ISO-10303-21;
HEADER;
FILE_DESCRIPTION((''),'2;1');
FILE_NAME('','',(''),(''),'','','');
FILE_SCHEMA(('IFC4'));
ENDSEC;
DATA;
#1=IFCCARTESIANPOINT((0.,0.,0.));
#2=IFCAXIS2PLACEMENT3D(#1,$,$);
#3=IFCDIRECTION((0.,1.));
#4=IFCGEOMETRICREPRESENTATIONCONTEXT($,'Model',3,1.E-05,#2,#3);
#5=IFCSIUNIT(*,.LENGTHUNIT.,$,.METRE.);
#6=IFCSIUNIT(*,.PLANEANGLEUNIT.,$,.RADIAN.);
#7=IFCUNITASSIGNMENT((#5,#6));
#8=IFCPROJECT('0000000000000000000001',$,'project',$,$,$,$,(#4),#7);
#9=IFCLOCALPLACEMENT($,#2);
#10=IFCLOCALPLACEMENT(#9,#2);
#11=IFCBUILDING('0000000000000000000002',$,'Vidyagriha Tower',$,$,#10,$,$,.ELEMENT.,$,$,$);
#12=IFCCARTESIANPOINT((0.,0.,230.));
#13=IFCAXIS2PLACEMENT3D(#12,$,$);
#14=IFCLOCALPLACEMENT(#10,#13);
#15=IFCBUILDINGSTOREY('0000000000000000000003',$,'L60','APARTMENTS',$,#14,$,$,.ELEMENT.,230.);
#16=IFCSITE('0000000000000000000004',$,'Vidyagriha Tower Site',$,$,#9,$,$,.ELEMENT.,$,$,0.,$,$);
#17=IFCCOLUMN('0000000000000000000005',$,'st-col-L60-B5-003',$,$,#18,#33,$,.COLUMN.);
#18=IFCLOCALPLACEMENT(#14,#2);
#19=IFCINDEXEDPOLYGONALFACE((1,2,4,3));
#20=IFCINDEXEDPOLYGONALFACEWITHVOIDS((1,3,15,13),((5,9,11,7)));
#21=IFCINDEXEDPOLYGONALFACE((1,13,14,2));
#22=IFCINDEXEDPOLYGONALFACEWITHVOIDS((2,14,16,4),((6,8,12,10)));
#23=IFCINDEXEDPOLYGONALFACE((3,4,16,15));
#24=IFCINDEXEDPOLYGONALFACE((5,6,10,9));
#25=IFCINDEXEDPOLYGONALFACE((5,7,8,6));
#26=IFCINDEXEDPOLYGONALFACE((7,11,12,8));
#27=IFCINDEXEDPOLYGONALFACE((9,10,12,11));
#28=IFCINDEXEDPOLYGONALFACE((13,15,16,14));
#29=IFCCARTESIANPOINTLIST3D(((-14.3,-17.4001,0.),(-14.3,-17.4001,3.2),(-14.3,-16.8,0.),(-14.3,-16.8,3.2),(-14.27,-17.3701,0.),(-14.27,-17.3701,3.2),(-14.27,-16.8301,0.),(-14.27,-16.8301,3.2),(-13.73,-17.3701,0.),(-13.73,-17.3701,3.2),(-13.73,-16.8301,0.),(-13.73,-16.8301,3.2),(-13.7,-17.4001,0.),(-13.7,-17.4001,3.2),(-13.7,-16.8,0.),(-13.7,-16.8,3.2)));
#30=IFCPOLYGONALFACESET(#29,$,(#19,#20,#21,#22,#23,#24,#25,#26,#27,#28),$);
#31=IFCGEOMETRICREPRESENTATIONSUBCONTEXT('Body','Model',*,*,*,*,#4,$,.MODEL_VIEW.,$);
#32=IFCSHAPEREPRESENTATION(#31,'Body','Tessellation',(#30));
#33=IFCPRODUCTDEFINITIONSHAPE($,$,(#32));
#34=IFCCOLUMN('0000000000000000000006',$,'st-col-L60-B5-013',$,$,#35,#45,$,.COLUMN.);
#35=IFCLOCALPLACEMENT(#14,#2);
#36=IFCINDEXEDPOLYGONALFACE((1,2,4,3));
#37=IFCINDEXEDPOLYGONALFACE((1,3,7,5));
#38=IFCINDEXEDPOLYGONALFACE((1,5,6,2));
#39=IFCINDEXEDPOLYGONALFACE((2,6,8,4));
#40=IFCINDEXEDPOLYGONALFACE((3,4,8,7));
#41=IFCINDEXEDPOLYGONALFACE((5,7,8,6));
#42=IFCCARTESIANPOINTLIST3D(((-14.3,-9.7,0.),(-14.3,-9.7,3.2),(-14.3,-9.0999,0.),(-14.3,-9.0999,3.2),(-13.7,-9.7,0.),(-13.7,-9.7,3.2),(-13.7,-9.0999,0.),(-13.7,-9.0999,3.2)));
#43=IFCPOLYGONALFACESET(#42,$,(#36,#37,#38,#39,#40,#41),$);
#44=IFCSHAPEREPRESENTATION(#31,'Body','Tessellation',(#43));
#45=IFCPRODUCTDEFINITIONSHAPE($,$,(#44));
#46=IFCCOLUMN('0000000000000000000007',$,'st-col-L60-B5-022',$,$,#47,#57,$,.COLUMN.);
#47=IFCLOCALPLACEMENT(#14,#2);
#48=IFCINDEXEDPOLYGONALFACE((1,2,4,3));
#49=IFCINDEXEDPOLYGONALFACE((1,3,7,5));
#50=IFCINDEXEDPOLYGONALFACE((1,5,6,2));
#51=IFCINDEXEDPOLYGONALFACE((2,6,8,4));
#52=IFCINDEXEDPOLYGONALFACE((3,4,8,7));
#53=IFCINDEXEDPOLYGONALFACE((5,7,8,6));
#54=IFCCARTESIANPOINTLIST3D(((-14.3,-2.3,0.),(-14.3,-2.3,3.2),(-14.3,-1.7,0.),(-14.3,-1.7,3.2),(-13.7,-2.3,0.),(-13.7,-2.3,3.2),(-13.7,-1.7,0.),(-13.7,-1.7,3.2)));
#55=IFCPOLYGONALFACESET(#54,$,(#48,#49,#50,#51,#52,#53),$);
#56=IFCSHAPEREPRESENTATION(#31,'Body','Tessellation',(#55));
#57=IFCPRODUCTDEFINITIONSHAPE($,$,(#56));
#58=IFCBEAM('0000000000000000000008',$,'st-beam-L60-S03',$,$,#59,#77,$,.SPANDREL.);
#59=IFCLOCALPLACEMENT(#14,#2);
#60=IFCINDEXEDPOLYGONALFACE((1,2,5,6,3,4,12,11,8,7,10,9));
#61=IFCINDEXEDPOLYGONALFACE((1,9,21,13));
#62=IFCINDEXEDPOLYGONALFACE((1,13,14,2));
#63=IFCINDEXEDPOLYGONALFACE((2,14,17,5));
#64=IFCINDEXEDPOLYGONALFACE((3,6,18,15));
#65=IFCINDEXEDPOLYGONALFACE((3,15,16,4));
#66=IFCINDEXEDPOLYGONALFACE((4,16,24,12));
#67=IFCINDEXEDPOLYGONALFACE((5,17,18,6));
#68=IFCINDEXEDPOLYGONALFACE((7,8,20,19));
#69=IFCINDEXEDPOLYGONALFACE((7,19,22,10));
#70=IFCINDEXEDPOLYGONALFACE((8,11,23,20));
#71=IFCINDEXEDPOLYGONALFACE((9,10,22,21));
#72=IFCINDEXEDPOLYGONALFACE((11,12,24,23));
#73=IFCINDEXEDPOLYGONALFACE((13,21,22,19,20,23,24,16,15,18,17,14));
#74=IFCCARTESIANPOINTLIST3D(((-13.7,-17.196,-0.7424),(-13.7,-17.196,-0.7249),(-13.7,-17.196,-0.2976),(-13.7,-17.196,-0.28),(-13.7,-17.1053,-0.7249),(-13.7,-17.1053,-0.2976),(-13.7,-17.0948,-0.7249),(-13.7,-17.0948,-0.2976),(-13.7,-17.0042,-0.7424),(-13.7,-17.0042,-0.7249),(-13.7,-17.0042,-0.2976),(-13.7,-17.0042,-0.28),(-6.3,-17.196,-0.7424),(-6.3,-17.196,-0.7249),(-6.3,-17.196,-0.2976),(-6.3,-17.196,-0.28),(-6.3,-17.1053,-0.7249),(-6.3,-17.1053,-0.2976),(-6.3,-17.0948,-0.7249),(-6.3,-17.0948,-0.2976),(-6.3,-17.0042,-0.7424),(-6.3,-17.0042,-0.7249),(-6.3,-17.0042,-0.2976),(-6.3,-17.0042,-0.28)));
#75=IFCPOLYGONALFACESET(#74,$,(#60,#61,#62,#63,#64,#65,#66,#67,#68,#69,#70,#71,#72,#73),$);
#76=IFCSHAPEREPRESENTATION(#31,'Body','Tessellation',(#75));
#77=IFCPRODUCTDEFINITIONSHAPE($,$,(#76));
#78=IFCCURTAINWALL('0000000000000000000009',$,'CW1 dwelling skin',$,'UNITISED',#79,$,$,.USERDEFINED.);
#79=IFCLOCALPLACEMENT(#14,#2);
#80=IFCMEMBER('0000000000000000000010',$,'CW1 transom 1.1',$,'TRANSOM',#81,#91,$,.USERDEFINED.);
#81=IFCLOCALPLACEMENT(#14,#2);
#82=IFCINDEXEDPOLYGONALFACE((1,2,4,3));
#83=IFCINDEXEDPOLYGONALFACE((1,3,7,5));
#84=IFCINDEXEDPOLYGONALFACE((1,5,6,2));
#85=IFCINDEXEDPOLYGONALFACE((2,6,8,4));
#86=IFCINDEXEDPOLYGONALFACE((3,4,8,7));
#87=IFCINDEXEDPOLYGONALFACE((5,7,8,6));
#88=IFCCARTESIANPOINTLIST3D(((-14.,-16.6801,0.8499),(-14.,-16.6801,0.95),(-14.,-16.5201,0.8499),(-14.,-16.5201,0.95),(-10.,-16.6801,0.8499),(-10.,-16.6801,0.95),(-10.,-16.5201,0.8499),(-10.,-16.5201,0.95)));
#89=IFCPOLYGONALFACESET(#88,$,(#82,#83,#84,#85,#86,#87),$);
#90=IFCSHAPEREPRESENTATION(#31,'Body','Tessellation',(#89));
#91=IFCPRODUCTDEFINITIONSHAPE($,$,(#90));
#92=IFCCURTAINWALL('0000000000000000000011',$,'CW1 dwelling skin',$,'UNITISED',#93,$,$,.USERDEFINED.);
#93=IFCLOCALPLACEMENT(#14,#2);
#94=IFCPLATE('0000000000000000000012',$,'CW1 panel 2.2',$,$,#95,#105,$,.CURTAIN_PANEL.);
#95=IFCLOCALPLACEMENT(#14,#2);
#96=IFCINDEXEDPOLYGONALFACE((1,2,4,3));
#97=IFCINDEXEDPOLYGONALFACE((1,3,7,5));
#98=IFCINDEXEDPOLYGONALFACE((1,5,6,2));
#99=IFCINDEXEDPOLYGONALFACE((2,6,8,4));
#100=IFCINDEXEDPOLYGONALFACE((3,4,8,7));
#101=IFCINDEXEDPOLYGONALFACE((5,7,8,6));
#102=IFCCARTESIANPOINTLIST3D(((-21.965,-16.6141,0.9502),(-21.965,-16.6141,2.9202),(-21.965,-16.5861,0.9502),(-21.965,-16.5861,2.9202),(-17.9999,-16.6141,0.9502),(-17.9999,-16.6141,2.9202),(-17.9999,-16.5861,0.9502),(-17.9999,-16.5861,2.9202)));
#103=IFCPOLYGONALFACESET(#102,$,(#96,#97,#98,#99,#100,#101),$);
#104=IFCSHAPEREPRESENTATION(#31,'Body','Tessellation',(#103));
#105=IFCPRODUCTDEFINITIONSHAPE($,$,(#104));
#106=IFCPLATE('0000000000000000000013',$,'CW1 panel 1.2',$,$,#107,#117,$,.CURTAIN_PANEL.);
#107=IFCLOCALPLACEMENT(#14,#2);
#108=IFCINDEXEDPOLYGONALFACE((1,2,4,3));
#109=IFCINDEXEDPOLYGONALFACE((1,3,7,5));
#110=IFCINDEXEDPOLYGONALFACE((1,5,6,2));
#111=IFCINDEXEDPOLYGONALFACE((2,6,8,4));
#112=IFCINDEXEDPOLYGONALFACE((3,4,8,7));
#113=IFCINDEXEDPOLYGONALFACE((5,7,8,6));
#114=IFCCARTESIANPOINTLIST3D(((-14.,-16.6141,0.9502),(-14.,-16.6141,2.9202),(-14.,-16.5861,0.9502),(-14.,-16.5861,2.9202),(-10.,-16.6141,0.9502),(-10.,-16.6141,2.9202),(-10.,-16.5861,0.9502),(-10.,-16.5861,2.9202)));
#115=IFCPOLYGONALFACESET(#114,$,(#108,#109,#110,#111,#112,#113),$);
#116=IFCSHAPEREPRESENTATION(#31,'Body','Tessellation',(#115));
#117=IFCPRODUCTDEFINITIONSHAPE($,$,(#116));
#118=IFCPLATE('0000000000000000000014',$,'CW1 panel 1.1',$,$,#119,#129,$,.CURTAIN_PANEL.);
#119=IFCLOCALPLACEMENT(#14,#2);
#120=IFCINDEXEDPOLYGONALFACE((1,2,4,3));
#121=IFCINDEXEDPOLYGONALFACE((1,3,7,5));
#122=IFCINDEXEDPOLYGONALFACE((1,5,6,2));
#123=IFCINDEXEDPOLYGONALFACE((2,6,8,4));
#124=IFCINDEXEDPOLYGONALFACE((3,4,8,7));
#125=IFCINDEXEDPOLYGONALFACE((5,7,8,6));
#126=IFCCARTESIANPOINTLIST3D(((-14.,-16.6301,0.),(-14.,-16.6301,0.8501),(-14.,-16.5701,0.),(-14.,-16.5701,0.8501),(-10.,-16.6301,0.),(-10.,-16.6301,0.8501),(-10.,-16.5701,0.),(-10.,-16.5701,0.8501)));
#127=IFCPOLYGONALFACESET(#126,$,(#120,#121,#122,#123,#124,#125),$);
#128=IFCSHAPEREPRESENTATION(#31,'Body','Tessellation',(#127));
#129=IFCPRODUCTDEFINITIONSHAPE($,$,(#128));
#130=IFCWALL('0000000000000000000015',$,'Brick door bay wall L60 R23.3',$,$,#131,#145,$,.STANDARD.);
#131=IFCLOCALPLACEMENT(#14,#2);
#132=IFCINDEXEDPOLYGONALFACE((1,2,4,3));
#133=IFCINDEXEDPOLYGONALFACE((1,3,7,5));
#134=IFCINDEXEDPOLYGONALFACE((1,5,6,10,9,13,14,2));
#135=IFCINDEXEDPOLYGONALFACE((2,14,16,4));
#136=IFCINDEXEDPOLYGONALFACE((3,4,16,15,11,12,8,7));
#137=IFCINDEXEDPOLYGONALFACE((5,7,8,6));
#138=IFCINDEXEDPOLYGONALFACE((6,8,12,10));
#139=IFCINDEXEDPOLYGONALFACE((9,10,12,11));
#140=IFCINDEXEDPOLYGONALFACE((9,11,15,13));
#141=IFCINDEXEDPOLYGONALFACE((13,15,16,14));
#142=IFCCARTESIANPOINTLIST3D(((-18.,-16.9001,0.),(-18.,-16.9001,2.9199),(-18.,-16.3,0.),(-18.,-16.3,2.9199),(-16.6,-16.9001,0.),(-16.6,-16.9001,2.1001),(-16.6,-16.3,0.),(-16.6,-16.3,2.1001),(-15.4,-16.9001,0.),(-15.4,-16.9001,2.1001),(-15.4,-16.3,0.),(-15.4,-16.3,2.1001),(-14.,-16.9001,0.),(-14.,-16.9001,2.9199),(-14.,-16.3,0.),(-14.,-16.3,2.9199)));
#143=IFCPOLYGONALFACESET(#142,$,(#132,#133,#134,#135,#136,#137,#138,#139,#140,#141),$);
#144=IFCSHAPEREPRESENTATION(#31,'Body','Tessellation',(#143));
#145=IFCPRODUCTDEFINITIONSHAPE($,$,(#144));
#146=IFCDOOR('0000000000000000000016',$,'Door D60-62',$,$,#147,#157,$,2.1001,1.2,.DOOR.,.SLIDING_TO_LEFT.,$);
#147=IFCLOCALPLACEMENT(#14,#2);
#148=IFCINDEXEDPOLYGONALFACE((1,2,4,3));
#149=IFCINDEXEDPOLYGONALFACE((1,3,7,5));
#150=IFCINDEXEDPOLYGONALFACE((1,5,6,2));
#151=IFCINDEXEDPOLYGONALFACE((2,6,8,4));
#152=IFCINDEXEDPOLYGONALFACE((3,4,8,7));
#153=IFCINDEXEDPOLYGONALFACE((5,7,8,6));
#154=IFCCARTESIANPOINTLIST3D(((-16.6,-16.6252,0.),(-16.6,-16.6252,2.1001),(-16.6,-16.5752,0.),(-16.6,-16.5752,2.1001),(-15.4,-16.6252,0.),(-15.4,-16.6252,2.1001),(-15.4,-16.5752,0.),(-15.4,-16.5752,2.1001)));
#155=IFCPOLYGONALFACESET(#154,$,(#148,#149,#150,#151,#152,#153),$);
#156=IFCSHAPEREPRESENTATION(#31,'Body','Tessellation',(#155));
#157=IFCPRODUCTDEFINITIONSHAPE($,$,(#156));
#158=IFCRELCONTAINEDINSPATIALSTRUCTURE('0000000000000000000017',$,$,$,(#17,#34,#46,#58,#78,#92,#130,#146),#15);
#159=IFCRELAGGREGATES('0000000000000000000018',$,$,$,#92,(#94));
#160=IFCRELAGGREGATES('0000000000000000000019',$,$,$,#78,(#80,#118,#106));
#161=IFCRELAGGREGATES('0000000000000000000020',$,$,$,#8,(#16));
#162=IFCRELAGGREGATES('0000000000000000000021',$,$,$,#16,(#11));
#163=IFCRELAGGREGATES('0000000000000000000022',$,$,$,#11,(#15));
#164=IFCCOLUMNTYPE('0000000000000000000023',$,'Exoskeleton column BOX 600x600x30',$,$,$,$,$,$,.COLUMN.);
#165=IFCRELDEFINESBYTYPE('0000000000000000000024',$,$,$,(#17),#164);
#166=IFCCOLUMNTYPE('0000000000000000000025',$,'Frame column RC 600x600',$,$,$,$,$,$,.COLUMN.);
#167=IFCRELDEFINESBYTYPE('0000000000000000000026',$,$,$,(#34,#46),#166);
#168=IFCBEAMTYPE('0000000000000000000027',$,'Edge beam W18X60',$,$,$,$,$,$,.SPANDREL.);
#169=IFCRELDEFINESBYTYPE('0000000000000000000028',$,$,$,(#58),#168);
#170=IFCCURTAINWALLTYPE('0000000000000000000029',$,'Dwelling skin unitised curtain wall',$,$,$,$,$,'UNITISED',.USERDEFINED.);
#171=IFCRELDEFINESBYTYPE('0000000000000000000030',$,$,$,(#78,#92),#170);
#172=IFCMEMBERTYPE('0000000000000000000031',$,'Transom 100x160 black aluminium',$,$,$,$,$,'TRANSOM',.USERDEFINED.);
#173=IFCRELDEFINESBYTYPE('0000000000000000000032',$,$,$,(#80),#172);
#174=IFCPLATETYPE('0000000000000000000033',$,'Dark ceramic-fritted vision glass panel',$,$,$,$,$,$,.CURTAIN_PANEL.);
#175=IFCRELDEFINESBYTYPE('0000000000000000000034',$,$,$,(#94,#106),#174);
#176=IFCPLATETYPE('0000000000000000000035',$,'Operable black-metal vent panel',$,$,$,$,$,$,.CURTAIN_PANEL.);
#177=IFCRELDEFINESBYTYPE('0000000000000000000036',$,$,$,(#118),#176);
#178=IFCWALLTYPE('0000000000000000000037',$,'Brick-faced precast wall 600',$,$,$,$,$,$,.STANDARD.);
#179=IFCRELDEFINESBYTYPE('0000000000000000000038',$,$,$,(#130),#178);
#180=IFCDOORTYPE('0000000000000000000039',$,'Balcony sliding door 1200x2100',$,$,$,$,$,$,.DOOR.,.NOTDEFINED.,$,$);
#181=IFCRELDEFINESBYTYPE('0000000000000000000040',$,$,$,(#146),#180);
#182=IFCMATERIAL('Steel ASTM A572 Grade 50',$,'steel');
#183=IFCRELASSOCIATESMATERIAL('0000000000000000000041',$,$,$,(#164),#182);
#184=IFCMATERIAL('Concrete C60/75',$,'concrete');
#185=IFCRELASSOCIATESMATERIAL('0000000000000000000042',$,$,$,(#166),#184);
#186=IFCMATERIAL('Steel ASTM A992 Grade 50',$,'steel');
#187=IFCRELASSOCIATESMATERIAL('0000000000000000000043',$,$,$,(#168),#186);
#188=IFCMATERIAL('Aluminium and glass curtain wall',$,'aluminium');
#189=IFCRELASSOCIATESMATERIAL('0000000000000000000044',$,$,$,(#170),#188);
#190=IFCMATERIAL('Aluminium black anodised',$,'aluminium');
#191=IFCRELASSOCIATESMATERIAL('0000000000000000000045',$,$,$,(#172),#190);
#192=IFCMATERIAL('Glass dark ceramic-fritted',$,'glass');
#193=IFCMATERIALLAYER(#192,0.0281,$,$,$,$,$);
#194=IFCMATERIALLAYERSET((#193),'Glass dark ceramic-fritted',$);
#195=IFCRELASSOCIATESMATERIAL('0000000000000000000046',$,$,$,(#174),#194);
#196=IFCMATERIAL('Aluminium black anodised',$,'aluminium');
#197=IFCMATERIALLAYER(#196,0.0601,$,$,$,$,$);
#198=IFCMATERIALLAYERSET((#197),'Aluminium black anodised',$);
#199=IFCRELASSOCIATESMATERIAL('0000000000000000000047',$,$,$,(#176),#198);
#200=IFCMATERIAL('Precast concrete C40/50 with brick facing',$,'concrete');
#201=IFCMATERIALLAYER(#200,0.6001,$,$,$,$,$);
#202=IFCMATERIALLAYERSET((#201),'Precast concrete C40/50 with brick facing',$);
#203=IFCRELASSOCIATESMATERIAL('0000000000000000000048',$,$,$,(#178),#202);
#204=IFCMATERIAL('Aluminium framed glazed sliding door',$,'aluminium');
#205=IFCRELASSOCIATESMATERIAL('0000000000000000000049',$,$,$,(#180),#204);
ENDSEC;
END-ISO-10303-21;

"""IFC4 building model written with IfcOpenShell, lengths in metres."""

from ifc_helpers import new_model, si_unit, direction, frame, frame_2d, origin, origin_2d, place, context, subcontext, project, spatial, rectangle, hollow_rectangle, i_section, extrude, material, layer, layer_set, material_profile, profile_set, type_object, element, fill, aggregate, save


model = new_model("IFC4")

# Units and contexts
model_context = context("Model", 3, precision=1e-05, world=origin(), true_north=direction((0.0, 1.0)))
body_context = subcontext(model_context, "Body", "Model", "MODEL_VIEW")
ifc_project = project(units=[si_unit("LENGTHUNIT", "METRE"), si_unit("PLANEANGLEUNIT", "RADIAN")], contexts=[model_context])

# Site, building, storey
site_placement = place(None, origin())
site = spatial("IfcSite", under=ifc_project, at=site_placement, Name="Vidyagriha Tower Site", CompositionType="ELEMENT", RefElevation=0.0)
building_placement = place(site_placement, origin())
building = spatial("IfcBuilding", under=site, at=building_placement, Name="Vidyagriha Tower", CompositionType="ELEMENT")
storey_placement = place(building_placement, frame((0.0, 0.0, 230.0)))
storey = spatial("IfcBuildingStorey", under=building, at=storey_placement, Name="L60", Description="APARTMENTS", CompositionType="ELEMENT", Elevation=230.0)

# Columns
ifc_material_1 = material(Name="Steel ASTM A572 Grade 50", Category="steel")
ifc_material_profile_1 = material_profile(ifc_material_1, hollow_rectangle(XDim=0.6001, YDim=0.6001, WallThickness=0.03, at=origin_2d()), Name="BOX 600x600x30")
ifc_profile_set_1 = profile_set([ifc_material_profile_1], Name="Steel ASTM A572 Grade 50")
column_type_1 = type_object("IfcColumnType", Name="Exoskeleton column BOX 600x600x30", PredefinedType="COLUMN", material=ifc_profile_set_1)
column_placement = place(storey_placement, frame((-14.0, -17.1001, 0.0)))
element("IfcColumn", 1, at=column_placement, inside=storey, type_object=column_type_1, Name="st-col-L60-B5-003", PredefinedType="COLUMN", context=body_context, shape_type="SweptSolid", body=[
    extrude(hollow_rectangle(XDim=0.6001, YDim=0.6001, WallThickness=0.03, at=origin_2d()), origin(), (0.0, 0.0, 1.0), 3.2),
])
ifc_material_2 = material(Name="Concrete C60/75", Category="concrete")
ifc_material_profile_2 = material_profile(ifc_material_2, rectangle(XDim=0.6001, YDim=0.6001, at=origin_2d()), Name="RC 600x600")
ifc_profile_set_2 = profile_set([ifc_material_profile_2], Name="Concrete C60/75")
column_type_2 = type_object("IfcColumnType", Name="Frame column RC 600x600", PredefinedType="COLUMN", material=ifc_profile_set_2)
for number, where, name in (
    (2, (-14.0, -9.3999, 0.0), "st-col-L60-B5-013"),
    (3, (-14.0, -2.0, 0.0), "st-col-L60-B5-022"),
):
    element("IfcColumn", number, at=place(storey_placement, frame(where)), inside=storey, type_object=column_type_2, Name=name, PredefinedType="COLUMN", context=body_context, shape_type="SweptSolid", body=[
        extrude(rectangle(XDim=0.6001, YDim=0.6001, at=origin_2d()), origin(), (0.0, 0.0, 1.0), 3.2),
    ])

# Beam
ifc_material_3 = material(Name="Steel ASTM A992 Grade 50", Category="steel")
ifc_material_profile_3 = material_profile(ifc_material_3, i_section(OverallWidth=0.1919, OverallDepth=0.4624, WebThickness=0.0105, FlangeThickness=0.0176, at=origin_2d()), Name="W18X60")
ifc_profile_set_3 = profile_set([ifc_material_profile_3], Name="Steel ASTM A992 Grade 50")
beam_type = type_object("IfcBeamType", Name="Edge beam W18X60", PredefinedType="SPANDREL", material=ifc_profile_set_3)
beam_placement = place(storey_placement, frame((-13.7, -17.1001, -0.5112), z_axis=(1.0, 0.0, 0.0), x_axis=(0.0, 1.0, 0.0)))
element("IfcBeam", 4, at=beam_placement, inside=storey, type_object=beam_type, Name="st-beam-L60-S03", PredefinedType="SPANDREL", context=body_context, shape_type="SweptSolid", body=[
    extrude(i_section(OverallWidth=0.1919, OverallDepth=0.4624, WebThickness=0.0105, FlangeThickness=0.0176, at=origin_2d()), origin(), (0.0, 0.0, 1.0), 7.3999),
])

# Curtain wall, member
ifc_material_4 = material(Name="Aluminium and glass curtain wall", Category="aluminium")
curtain_wall_type = type_object("IfcCurtainWallType", Name="Dwelling skin unitised curtain wall", ElementType="UNITISED", PredefinedType="USERDEFINED", material=ifc_material_4)
curtain_wall_1_placement = place(storey_placement, origin())
curtain_wall_1 = element("IfcCurtainWall", 5, at=curtain_wall_1_placement, inside=storey, type_object=curtain_wall_type, Name="CW1 dwelling skin", ObjectType="UNITISED", PredefinedType="USERDEFINED")
ifc_material_5 = material(Name="Aluminium black anodised", Category="aluminium")
ifc_material_profile_4 = material_profile(ifc_material_5, rectangle(XDim=0.1599, YDim=0.1001, at=origin_2d()), Name="Transom 100x160 black aluminium")
ifc_profile_set_4 = profile_set([ifc_material_profile_4], Name="Aluminium black anodised")
member_type = type_object("IfcMemberType", Name="Transom 100x160 black aluminium", ElementType="TRANSOM", PredefinedType="USERDEFINED", material=ifc_profile_set_4)
member_placement = place(storey_placement, frame((-14.0, -16.6001, 0.8999), z_axis=(1.0, 0.0, 0.0), x_axis=(0.0, 1.0, 0.0)))
member = element("IfcMember", 6, at=member_placement, type_object=member_type, Name="CW1 transom 1.1", ObjectType="TRANSOM", PredefinedType="USERDEFINED", context=body_context, shape_type="SweptSolid", body=[
    extrude(rectangle(XDim=0.1599, YDim=0.1001, at=origin_2d()), origin(), (0.0, 0.0, 1.0), 4.0),
])

# Curtain wall, plate
curtain_wall_2_placement = place(storey_placement, origin())
curtain_wall_2 = element("IfcCurtainWall", 7, at=curtain_wall_2_placement, inside=storey, type_object=curtain_wall_type, Name="CW1 dwelling skin", ObjectType="UNITISED", PredefinedType="USERDEFINED")
ifc_material_6 = material(Name="Glass dark ceramic-fritted", Category="glass")
ifc_layer_1 = layer(ifc_material_6, 0.0281)
ifc_layer_set_1 = layer_set([ifc_layer_1], Name="Glass dark ceramic-fritted")
plate_type_1 = type_object("IfcPlateType", Name="Dark ceramic-fritted vision glass panel", PredefinedType="CURTAIN_PANEL", material=ifc_layer_set_1)
plate_1_placement = place(storey_placement, frame((-19.9824, -16.6001, 0.9502)))
plate_1 = element("IfcPlate", 8, at=plate_1_placement, type_object=plate_type_1, Name="CW1 panel 2.2", PredefinedType="CURTAIN_PANEL", context=body_context, shape_type="SweptSolid", body=[
    extrude(rectangle(XDim=3.9651, YDim=0.0281, at=origin_2d()), origin(), (0.0, 0.0, 1.0), 1.97),
])
aggregate(curtain_wall_2, [plate_1])

# Plates
plate_2_placement = place(storey_placement, frame((-12.0, -16.6001, 0.9502)))
plate_2 = element("IfcPlate", 9, at=plate_2_placement, type_object=plate_type_1, Name="CW1 panel 1.2", PredefinedType="CURTAIN_PANEL", context=body_context, shape_type="SweptSolid", body=[
    extrude(rectangle(XDim=4.0, YDim=0.0281, at=origin_2d()), origin(), (0.0, 0.0, 1.0), 1.97),
])
ifc_material_7 = material(Name="Aluminium black anodised", Category="aluminium")
ifc_layer_2 = layer(ifc_material_7, 0.0601)
ifc_layer_set_2 = layer_set([ifc_layer_2], Name="Aluminium black anodised")
plate_type_2 = type_object("IfcPlateType", Name="Operable black-metal vent panel", PredefinedType="CURTAIN_PANEL", material=ifc_layer_set_2)
plate_3_placement = place(storey_placement, frame((-12.0, -16.6001, 0.0)))
plate_3 = element("IfcPlate", 10, at=plate_3_placement, type_object=plate_type_2, Name="CW1 panel 1.1", PredefinedType="CURTAIN_PANEL", context=body_context, shape_type="SweptSolid", body=[
    extrude(rectangle(XDim=4.0, YDim=0.0601, at=origin_2d()), origin(), (0.0, 0.0, 1.0), 0.8501),
])
aggregate(curtain_wall_1, [member, plate_3, plate_2])

# Wall, opening, door
ifc_material_8 = material(Name="Precast concrete C40/50 with brick facing", Category="concrete")
ifc_layer_3 = layer(ifc_material_8, 0.6001)
ifc_layer_set_3 = layer_set([ifc_layer_3], Name="Precast concrete C40/50 with brick facing")
wall_type_1 = type_object("IfcWallType", Name="Brick-faced precast wall 600", PredefinedType="STANDARD", material=ifc_layer_set_3)
wall_1_placement = place(storey_placement, frame((-18.0, -16.6001, 0.0)))
wall_1 = element("IfcWall", 11, at=wall_1_placement, inside=storey, type_object=wall_type_1, Name="Brick door bay wall L60 R23.3", PredefinedType="STANDARD", context=body_context, shape_type="SweptSolid", body=[
    extrude(rectangle(XDim=4.0, YDim=0.6001, at=frame_2d((2.0, 0.0))), origin(), (0.0, 0.0, 1.0), 2.9199),
])
opening_1_placement = place(wall_1_placement, frame((1.3999, 0.0, 0.0)))
opening_1 = element("IfcOpeningElement", 12, at=opening_1_placement, cuts=wall_1, PredefinedType="OPENING", context=body_context, shape_type="SweptSolid", body=[
    extrude(rectangle(XDim=1.2, YDim=2.1001, at=frame_2d((0.6001, 1.05))), frame((0.0, 0.3101, 0.0), z_axis=(0.0, -1.0, 0.0), x_axis=(1.0, 0.0, 0.0)), (0.0, 0.0, 1.0), 0.6201),
])
ifc_material_9 = material(Name="Aluminium framed glazed sliding door", Category="aluminium")
door_type_1 = type_object("IfcDoorType", Name="Balcony sliding door 1200x2100", OperationType="NOTDEFINED", PredefinedType="DOOR", material=ifc_material_9)
door_1_placement = place(opening_1_placement, origin())
door_1 = element("IfcDoor", 13, at=door_1_placement, inside=storey, type_object=door_type_1, Name="Door D60-62", OperationType="SLIDING_TO_LEFT", OverallHeight=2.1001, OverallWidth=1.2, PredefinedType="DOOR", context=body_context, shape_type="SweptSolid", body=[
    extrude(rectangle(XDim=1.2, YDim=2.1001, at=frame_2d((0.6001, 1.05))), frame((0.0, 0.0249, 0.0), z_axis=(0.0, -1.0, 0.0), x_axis=(1.0, 0.0, 0.0)), (0.0, 0.0, 1.0), 0.05),
])
fill(opening_1, door_1)

save(model, "model.ifc")
